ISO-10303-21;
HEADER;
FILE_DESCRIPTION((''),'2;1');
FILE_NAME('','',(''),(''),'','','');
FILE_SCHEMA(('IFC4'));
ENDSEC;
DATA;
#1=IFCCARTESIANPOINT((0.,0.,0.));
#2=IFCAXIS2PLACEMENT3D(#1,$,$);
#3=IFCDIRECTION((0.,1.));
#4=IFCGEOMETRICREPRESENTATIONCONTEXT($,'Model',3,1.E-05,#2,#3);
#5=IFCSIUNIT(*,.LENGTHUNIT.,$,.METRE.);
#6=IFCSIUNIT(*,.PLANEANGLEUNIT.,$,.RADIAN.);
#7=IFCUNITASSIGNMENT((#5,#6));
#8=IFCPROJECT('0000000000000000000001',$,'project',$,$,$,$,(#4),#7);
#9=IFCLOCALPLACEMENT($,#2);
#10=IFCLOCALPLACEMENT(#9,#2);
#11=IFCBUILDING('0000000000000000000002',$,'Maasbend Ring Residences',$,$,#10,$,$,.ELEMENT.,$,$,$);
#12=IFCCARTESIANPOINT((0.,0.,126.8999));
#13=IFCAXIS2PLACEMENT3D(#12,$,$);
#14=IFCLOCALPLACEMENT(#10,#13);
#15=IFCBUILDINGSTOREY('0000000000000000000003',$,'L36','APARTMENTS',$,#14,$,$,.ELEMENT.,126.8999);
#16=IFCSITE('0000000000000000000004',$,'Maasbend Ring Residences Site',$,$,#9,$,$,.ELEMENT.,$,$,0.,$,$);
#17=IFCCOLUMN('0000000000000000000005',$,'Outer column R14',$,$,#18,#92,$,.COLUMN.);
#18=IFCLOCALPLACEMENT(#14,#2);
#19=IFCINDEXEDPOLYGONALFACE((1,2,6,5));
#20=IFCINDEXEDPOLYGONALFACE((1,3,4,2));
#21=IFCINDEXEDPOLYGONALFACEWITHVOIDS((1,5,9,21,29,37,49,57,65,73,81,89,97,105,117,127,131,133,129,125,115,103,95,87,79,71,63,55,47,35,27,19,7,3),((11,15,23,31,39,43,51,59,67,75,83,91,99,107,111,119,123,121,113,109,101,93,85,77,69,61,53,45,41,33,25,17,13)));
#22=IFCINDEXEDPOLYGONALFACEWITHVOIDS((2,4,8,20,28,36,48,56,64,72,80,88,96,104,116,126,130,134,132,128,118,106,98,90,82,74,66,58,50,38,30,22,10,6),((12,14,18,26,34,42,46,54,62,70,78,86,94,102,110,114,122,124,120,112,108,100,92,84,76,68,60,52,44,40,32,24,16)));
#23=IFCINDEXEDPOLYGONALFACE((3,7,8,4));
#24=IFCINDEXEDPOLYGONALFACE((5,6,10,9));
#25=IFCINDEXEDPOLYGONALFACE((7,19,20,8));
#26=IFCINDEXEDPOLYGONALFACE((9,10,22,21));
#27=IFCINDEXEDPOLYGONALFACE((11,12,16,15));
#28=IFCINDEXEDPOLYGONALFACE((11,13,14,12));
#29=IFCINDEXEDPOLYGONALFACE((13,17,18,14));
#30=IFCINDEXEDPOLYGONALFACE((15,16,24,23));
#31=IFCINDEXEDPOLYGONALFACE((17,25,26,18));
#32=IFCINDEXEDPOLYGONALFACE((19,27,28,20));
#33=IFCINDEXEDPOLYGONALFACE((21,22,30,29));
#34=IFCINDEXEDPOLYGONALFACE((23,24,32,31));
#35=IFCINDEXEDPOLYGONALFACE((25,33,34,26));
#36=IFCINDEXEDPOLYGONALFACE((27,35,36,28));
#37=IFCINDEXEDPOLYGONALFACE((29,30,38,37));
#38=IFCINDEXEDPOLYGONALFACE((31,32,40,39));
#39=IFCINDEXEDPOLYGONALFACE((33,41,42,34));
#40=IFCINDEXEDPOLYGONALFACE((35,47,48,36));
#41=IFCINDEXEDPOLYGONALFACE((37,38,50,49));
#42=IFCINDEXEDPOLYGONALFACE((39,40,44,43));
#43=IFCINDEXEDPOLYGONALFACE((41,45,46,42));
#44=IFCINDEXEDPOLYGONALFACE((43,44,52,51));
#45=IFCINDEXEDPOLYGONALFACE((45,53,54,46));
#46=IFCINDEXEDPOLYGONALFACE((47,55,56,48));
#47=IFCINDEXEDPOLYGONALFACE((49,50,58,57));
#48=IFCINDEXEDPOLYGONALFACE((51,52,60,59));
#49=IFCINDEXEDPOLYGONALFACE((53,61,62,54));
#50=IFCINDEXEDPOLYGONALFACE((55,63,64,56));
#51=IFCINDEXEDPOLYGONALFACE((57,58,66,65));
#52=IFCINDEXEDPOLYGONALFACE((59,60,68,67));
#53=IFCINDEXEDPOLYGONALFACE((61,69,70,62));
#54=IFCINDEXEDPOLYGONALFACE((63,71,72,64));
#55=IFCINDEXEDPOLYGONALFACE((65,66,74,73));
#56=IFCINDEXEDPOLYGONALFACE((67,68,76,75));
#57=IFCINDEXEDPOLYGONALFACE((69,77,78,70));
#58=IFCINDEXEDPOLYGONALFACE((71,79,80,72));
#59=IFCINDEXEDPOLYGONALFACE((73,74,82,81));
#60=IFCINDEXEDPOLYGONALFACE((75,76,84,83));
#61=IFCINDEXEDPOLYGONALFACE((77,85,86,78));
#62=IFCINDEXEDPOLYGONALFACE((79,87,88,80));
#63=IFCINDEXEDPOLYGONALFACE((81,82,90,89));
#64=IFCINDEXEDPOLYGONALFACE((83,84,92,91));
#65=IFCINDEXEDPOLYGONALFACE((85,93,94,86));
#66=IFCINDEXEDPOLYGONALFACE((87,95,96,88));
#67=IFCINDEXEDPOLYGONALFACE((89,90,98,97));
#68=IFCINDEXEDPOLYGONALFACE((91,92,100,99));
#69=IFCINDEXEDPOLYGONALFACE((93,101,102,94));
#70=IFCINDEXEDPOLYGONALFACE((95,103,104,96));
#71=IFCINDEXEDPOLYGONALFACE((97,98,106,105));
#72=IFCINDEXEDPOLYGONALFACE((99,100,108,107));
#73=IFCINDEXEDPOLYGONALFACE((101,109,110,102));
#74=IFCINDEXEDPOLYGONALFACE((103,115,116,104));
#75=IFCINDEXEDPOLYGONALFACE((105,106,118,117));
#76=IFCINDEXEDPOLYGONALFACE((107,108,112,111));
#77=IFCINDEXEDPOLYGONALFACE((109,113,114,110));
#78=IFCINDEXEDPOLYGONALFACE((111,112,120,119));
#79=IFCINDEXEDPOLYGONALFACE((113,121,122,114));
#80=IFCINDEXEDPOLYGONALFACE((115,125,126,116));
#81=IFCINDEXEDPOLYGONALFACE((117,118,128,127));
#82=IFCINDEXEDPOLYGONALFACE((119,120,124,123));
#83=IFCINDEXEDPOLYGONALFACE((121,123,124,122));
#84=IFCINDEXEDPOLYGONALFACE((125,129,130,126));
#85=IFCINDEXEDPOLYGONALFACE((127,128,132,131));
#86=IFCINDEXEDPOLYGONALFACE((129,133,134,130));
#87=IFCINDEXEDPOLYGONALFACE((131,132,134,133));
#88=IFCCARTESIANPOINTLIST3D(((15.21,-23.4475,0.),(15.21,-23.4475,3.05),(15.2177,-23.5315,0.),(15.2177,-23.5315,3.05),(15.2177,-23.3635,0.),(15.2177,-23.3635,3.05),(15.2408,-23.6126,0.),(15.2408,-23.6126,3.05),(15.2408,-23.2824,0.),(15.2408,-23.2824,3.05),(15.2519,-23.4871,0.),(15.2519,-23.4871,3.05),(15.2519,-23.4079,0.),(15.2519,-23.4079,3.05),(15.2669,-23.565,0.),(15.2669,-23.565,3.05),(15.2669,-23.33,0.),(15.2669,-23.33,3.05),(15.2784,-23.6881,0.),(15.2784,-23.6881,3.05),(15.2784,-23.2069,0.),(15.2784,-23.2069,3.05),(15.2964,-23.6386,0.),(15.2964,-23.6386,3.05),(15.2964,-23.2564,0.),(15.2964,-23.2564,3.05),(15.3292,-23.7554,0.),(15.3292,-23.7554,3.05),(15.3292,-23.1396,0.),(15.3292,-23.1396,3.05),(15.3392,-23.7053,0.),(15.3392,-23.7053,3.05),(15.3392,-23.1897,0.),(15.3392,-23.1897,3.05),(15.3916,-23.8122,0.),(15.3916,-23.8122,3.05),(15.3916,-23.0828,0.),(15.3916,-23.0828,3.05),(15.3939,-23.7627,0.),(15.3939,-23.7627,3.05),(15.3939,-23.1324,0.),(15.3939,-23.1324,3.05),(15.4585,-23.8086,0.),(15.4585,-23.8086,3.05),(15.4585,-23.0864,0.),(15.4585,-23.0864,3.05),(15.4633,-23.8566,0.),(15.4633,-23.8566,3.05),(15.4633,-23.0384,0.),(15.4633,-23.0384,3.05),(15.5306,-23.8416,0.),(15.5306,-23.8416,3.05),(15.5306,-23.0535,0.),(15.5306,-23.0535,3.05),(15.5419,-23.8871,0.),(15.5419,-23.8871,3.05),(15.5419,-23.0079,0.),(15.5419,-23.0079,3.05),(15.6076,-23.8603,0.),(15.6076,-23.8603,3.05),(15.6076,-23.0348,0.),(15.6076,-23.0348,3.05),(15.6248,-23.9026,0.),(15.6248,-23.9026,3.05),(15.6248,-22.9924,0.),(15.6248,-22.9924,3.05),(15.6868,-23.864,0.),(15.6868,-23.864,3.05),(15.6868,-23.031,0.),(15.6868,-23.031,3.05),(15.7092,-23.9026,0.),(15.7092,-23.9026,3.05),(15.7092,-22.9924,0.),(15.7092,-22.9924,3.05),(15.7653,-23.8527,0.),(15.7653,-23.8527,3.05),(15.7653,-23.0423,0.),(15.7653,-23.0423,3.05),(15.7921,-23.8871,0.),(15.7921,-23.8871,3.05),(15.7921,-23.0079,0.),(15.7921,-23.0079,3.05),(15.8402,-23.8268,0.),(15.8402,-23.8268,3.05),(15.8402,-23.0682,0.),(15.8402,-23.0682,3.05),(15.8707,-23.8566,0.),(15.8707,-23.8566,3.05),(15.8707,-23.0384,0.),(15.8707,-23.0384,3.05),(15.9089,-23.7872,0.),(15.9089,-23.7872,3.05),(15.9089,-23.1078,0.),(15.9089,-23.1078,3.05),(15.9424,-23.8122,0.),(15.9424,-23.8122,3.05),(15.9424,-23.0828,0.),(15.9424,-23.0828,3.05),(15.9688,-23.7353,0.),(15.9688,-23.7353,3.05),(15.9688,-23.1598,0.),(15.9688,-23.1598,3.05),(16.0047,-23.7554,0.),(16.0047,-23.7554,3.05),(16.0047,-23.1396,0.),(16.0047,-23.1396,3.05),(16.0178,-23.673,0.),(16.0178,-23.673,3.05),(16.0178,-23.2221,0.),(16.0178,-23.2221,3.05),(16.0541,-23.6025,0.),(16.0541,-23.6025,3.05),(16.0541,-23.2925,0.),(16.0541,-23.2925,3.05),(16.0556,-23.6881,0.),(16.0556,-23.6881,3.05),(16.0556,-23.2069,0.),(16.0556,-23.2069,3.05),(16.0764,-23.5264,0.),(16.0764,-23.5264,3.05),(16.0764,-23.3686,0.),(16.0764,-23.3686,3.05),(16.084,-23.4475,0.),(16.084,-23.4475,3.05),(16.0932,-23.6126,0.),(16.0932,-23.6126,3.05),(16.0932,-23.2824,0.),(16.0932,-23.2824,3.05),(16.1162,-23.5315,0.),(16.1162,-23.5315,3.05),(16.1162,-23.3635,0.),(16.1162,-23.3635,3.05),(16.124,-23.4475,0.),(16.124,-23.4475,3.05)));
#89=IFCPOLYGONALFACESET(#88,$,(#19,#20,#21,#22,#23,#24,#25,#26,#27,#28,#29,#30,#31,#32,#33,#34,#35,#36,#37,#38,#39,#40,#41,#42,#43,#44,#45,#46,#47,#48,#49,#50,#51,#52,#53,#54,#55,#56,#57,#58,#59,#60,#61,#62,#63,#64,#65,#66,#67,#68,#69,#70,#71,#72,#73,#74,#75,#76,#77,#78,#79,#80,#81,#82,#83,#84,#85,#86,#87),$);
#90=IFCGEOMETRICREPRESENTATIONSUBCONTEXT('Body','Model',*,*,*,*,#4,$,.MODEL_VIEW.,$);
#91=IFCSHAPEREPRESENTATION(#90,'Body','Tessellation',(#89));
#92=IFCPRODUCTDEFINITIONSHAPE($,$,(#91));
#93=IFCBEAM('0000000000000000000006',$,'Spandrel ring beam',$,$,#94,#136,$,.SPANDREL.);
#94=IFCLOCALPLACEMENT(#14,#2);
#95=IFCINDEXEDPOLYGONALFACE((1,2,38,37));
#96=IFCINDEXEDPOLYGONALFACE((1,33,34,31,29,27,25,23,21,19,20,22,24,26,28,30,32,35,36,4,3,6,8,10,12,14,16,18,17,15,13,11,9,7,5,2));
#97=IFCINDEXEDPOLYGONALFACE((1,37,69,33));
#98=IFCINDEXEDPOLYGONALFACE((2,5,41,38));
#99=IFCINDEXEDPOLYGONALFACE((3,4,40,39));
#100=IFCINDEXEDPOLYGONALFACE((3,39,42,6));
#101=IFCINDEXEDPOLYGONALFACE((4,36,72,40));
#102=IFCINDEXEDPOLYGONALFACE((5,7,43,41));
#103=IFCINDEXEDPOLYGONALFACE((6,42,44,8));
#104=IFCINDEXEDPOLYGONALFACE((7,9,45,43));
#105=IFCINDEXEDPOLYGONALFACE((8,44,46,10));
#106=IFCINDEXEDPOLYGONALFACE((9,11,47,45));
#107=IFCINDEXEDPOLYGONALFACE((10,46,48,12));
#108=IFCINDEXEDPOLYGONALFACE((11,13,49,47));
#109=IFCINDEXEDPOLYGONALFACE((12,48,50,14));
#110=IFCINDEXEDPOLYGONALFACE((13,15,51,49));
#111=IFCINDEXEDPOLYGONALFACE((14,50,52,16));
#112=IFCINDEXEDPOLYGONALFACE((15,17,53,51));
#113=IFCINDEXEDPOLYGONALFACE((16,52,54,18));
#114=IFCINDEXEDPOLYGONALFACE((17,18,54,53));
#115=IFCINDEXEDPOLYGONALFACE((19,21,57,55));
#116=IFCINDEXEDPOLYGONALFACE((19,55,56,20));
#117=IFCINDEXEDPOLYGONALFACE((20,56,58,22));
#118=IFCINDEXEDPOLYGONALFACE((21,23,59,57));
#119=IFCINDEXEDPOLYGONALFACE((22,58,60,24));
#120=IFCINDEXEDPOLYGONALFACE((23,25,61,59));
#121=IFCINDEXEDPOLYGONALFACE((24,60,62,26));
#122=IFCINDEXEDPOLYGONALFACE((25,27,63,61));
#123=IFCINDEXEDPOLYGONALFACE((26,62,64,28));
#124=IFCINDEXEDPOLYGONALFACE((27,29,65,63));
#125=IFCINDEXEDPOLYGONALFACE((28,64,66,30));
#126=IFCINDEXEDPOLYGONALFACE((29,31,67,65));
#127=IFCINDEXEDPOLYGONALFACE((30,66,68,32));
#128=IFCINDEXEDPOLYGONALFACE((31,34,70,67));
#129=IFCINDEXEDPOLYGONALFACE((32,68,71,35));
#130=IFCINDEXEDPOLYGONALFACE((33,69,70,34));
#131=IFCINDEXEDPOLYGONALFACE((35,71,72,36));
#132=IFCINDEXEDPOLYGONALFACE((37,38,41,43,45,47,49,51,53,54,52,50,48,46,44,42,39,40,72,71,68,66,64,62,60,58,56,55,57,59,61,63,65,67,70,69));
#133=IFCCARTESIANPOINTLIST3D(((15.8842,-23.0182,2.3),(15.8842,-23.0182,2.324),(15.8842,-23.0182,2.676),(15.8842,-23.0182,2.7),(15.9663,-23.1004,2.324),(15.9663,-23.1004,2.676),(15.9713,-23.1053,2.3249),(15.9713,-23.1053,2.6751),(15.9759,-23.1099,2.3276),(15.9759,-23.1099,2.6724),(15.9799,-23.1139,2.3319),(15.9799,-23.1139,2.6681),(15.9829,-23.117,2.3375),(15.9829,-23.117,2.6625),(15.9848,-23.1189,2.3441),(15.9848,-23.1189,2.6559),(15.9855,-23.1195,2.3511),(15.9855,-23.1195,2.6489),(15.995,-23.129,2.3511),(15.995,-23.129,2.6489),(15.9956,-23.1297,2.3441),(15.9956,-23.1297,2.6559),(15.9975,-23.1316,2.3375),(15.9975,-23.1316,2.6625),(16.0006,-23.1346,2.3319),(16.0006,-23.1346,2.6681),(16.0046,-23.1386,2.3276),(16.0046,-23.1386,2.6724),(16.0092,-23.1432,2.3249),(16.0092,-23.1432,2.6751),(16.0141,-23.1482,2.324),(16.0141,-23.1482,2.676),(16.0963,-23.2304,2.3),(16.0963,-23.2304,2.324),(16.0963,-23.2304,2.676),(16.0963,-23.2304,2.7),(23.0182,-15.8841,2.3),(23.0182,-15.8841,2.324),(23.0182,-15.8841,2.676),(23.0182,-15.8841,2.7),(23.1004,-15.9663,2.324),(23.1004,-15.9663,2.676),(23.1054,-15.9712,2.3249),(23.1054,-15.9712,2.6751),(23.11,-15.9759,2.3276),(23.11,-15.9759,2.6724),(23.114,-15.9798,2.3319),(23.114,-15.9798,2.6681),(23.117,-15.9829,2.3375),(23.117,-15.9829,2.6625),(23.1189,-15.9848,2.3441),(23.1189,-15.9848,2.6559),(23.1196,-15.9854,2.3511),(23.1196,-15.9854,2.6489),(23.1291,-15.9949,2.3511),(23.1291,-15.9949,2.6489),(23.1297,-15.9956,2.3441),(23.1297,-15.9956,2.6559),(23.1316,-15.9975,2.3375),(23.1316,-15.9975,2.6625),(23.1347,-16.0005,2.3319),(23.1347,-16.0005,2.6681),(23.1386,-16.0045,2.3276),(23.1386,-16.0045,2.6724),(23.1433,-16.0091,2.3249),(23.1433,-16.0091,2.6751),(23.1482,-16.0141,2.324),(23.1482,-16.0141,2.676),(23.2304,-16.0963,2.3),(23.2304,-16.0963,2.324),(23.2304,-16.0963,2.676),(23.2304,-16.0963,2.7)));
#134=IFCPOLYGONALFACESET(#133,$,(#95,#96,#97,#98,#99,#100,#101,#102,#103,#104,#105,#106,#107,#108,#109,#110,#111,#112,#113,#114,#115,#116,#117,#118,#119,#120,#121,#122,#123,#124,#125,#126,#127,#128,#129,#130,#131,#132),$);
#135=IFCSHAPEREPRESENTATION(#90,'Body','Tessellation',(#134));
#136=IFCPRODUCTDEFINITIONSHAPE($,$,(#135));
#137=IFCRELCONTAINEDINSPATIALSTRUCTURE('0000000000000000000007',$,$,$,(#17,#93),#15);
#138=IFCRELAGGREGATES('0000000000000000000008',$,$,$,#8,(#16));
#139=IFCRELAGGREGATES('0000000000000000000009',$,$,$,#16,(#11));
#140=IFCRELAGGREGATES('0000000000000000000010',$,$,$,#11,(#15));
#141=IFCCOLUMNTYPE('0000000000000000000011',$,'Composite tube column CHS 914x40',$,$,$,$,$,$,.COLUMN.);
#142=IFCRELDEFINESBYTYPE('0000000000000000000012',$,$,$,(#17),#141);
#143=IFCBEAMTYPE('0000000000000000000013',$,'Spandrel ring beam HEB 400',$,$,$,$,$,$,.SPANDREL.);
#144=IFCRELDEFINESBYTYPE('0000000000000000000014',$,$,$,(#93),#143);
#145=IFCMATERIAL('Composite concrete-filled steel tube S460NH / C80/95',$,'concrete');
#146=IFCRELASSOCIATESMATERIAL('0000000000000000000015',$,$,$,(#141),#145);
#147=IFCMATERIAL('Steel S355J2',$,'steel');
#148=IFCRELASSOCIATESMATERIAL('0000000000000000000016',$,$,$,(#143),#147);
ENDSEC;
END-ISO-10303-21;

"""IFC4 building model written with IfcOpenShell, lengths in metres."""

from ifc_helpers import new_model, si_unit, direction, frame, origin, origin_2d, place, context, subcontext, project, spatial, hollow_circle, i_section, extrude, material, material_profile, profile_set, type_object, element, save


model = new_model("IFC4")

# Units and contexts
model_context = context("Model", 3, precision=1e-05, world=origin(), true_north=direction((0.0, 1.0)))
body_context = subcontext(model_context, "Body", "Model", "MODEL_VIEW")
ifc_project = project(units=[si_unit("LENGTHUNIT", "METRE"), si_unit("PLANEANGLEUNIT", "RADIAN")], contexts=[model_context])

# Site, building, storey
site_placement = place(None, origin())
site = spatial("IfcSite", under=ifc_project, at=site_placement, Name="Maasbend Ring Residences Site", CompositionType="ELEMENT", RefElevation=0.0)
building_placement = place(site_placement, origin())
building = spatial("IfcBuilding", under=site, at=building_placement, Name="Maasbend Ring Residences", CompositionType="ELEMENT")
storey_placement = place(building_placement, frame((0.0, 0.0, 126.8999)))
storey = spatial("IfcBuildingStorey", under=building, at=storey_placement, Name="L36", Description="APARTMENTS", CompositionType="ELEMENT", Elevation=126.8999)

# Column
ifc_material_1 = material(Name="Composite concrete-filled steel tube S460NH / C80/95", Category="concrete")
ifc_material_profile_1 = material_profile(ifc_material_1, hollow_circle(Radius=0.457, WallThickness=0.04, at=origin_2d()), Name="Composite tube column CHS 914x40")
ifc_profile_set_1 = profile_set([ifc_material_profile_1], Name="Composite concrete-filled steel tube S460NH / C80/95")
column_type = type_object("IfcColumnType", Name="Composite tube column CHS 914x40", PredefinedType="COLUMN", material=ifc_profile_set_1)
column_placement = place(storey_placement, frame((15.667, -23.4475, 0.0), z_axis=(0.0, 0.0, 1.0), x_axis=(1.0, 0.0, 0.0)))
element("IfcColumn", 1, at=column_placement, inside=storey, type_object=column_type, Name="Outer column R14", PredefinedType="COLUMN", context=body_context, shape_type="SweptSolid", body=[
    extrude(hollow_circle(Radius=0.457, WallThickness=0.04, at=origin_2d()), origin(), (0.0, 0.0, 1.0), 3.05),
])

# Beam
ifc_material_2 = material(Name="Steel S355J2", Category="steel")
ifc_material_profile_2 = material_profile(ifc_material_2, i_section(OverallWidth=0.3, OverallDepth=0.3999, WebThickness=0.0134, FlangeThickness=0.0239, FilletRadius=0.0271, at=origin_2d()), Name="HEB 400")
ifc_profile_set_2 = profile_set([ifc_material_profile_2], Name="Steel S355J2")
beam_type = type_object("IfcBeamType", Name="Spandrel ring beam HEB 400", PredefinedType="SPANDREL", material=ifc_profile_set_2)
beam_placement = place(storey_placement, frame((15.9902, -23.1243, 2.5), z_axis=(0.707107, 0.707107, 0.0), x_axis=(-0.707107, 0.707107, 0.0)))
element("IfcBeam", 2, at=beam_placement, inside=storey, type_object=beam_type, Name="Spandrel ring beam", PredefinedType="SPANDREL", context=body_context, shape_type="SweptSolid", body=[
    extrude(i_section(OverallWidth=0.3, OverallDepth=0.3999, WebThickness=0.0134, FlangeThickness=0.0239, FilletRadius=0.0271, at=origin_2d()), origin(), (0.0, 0.0, 1.0), 10.0891),
])

save(model, "model.ifc")
